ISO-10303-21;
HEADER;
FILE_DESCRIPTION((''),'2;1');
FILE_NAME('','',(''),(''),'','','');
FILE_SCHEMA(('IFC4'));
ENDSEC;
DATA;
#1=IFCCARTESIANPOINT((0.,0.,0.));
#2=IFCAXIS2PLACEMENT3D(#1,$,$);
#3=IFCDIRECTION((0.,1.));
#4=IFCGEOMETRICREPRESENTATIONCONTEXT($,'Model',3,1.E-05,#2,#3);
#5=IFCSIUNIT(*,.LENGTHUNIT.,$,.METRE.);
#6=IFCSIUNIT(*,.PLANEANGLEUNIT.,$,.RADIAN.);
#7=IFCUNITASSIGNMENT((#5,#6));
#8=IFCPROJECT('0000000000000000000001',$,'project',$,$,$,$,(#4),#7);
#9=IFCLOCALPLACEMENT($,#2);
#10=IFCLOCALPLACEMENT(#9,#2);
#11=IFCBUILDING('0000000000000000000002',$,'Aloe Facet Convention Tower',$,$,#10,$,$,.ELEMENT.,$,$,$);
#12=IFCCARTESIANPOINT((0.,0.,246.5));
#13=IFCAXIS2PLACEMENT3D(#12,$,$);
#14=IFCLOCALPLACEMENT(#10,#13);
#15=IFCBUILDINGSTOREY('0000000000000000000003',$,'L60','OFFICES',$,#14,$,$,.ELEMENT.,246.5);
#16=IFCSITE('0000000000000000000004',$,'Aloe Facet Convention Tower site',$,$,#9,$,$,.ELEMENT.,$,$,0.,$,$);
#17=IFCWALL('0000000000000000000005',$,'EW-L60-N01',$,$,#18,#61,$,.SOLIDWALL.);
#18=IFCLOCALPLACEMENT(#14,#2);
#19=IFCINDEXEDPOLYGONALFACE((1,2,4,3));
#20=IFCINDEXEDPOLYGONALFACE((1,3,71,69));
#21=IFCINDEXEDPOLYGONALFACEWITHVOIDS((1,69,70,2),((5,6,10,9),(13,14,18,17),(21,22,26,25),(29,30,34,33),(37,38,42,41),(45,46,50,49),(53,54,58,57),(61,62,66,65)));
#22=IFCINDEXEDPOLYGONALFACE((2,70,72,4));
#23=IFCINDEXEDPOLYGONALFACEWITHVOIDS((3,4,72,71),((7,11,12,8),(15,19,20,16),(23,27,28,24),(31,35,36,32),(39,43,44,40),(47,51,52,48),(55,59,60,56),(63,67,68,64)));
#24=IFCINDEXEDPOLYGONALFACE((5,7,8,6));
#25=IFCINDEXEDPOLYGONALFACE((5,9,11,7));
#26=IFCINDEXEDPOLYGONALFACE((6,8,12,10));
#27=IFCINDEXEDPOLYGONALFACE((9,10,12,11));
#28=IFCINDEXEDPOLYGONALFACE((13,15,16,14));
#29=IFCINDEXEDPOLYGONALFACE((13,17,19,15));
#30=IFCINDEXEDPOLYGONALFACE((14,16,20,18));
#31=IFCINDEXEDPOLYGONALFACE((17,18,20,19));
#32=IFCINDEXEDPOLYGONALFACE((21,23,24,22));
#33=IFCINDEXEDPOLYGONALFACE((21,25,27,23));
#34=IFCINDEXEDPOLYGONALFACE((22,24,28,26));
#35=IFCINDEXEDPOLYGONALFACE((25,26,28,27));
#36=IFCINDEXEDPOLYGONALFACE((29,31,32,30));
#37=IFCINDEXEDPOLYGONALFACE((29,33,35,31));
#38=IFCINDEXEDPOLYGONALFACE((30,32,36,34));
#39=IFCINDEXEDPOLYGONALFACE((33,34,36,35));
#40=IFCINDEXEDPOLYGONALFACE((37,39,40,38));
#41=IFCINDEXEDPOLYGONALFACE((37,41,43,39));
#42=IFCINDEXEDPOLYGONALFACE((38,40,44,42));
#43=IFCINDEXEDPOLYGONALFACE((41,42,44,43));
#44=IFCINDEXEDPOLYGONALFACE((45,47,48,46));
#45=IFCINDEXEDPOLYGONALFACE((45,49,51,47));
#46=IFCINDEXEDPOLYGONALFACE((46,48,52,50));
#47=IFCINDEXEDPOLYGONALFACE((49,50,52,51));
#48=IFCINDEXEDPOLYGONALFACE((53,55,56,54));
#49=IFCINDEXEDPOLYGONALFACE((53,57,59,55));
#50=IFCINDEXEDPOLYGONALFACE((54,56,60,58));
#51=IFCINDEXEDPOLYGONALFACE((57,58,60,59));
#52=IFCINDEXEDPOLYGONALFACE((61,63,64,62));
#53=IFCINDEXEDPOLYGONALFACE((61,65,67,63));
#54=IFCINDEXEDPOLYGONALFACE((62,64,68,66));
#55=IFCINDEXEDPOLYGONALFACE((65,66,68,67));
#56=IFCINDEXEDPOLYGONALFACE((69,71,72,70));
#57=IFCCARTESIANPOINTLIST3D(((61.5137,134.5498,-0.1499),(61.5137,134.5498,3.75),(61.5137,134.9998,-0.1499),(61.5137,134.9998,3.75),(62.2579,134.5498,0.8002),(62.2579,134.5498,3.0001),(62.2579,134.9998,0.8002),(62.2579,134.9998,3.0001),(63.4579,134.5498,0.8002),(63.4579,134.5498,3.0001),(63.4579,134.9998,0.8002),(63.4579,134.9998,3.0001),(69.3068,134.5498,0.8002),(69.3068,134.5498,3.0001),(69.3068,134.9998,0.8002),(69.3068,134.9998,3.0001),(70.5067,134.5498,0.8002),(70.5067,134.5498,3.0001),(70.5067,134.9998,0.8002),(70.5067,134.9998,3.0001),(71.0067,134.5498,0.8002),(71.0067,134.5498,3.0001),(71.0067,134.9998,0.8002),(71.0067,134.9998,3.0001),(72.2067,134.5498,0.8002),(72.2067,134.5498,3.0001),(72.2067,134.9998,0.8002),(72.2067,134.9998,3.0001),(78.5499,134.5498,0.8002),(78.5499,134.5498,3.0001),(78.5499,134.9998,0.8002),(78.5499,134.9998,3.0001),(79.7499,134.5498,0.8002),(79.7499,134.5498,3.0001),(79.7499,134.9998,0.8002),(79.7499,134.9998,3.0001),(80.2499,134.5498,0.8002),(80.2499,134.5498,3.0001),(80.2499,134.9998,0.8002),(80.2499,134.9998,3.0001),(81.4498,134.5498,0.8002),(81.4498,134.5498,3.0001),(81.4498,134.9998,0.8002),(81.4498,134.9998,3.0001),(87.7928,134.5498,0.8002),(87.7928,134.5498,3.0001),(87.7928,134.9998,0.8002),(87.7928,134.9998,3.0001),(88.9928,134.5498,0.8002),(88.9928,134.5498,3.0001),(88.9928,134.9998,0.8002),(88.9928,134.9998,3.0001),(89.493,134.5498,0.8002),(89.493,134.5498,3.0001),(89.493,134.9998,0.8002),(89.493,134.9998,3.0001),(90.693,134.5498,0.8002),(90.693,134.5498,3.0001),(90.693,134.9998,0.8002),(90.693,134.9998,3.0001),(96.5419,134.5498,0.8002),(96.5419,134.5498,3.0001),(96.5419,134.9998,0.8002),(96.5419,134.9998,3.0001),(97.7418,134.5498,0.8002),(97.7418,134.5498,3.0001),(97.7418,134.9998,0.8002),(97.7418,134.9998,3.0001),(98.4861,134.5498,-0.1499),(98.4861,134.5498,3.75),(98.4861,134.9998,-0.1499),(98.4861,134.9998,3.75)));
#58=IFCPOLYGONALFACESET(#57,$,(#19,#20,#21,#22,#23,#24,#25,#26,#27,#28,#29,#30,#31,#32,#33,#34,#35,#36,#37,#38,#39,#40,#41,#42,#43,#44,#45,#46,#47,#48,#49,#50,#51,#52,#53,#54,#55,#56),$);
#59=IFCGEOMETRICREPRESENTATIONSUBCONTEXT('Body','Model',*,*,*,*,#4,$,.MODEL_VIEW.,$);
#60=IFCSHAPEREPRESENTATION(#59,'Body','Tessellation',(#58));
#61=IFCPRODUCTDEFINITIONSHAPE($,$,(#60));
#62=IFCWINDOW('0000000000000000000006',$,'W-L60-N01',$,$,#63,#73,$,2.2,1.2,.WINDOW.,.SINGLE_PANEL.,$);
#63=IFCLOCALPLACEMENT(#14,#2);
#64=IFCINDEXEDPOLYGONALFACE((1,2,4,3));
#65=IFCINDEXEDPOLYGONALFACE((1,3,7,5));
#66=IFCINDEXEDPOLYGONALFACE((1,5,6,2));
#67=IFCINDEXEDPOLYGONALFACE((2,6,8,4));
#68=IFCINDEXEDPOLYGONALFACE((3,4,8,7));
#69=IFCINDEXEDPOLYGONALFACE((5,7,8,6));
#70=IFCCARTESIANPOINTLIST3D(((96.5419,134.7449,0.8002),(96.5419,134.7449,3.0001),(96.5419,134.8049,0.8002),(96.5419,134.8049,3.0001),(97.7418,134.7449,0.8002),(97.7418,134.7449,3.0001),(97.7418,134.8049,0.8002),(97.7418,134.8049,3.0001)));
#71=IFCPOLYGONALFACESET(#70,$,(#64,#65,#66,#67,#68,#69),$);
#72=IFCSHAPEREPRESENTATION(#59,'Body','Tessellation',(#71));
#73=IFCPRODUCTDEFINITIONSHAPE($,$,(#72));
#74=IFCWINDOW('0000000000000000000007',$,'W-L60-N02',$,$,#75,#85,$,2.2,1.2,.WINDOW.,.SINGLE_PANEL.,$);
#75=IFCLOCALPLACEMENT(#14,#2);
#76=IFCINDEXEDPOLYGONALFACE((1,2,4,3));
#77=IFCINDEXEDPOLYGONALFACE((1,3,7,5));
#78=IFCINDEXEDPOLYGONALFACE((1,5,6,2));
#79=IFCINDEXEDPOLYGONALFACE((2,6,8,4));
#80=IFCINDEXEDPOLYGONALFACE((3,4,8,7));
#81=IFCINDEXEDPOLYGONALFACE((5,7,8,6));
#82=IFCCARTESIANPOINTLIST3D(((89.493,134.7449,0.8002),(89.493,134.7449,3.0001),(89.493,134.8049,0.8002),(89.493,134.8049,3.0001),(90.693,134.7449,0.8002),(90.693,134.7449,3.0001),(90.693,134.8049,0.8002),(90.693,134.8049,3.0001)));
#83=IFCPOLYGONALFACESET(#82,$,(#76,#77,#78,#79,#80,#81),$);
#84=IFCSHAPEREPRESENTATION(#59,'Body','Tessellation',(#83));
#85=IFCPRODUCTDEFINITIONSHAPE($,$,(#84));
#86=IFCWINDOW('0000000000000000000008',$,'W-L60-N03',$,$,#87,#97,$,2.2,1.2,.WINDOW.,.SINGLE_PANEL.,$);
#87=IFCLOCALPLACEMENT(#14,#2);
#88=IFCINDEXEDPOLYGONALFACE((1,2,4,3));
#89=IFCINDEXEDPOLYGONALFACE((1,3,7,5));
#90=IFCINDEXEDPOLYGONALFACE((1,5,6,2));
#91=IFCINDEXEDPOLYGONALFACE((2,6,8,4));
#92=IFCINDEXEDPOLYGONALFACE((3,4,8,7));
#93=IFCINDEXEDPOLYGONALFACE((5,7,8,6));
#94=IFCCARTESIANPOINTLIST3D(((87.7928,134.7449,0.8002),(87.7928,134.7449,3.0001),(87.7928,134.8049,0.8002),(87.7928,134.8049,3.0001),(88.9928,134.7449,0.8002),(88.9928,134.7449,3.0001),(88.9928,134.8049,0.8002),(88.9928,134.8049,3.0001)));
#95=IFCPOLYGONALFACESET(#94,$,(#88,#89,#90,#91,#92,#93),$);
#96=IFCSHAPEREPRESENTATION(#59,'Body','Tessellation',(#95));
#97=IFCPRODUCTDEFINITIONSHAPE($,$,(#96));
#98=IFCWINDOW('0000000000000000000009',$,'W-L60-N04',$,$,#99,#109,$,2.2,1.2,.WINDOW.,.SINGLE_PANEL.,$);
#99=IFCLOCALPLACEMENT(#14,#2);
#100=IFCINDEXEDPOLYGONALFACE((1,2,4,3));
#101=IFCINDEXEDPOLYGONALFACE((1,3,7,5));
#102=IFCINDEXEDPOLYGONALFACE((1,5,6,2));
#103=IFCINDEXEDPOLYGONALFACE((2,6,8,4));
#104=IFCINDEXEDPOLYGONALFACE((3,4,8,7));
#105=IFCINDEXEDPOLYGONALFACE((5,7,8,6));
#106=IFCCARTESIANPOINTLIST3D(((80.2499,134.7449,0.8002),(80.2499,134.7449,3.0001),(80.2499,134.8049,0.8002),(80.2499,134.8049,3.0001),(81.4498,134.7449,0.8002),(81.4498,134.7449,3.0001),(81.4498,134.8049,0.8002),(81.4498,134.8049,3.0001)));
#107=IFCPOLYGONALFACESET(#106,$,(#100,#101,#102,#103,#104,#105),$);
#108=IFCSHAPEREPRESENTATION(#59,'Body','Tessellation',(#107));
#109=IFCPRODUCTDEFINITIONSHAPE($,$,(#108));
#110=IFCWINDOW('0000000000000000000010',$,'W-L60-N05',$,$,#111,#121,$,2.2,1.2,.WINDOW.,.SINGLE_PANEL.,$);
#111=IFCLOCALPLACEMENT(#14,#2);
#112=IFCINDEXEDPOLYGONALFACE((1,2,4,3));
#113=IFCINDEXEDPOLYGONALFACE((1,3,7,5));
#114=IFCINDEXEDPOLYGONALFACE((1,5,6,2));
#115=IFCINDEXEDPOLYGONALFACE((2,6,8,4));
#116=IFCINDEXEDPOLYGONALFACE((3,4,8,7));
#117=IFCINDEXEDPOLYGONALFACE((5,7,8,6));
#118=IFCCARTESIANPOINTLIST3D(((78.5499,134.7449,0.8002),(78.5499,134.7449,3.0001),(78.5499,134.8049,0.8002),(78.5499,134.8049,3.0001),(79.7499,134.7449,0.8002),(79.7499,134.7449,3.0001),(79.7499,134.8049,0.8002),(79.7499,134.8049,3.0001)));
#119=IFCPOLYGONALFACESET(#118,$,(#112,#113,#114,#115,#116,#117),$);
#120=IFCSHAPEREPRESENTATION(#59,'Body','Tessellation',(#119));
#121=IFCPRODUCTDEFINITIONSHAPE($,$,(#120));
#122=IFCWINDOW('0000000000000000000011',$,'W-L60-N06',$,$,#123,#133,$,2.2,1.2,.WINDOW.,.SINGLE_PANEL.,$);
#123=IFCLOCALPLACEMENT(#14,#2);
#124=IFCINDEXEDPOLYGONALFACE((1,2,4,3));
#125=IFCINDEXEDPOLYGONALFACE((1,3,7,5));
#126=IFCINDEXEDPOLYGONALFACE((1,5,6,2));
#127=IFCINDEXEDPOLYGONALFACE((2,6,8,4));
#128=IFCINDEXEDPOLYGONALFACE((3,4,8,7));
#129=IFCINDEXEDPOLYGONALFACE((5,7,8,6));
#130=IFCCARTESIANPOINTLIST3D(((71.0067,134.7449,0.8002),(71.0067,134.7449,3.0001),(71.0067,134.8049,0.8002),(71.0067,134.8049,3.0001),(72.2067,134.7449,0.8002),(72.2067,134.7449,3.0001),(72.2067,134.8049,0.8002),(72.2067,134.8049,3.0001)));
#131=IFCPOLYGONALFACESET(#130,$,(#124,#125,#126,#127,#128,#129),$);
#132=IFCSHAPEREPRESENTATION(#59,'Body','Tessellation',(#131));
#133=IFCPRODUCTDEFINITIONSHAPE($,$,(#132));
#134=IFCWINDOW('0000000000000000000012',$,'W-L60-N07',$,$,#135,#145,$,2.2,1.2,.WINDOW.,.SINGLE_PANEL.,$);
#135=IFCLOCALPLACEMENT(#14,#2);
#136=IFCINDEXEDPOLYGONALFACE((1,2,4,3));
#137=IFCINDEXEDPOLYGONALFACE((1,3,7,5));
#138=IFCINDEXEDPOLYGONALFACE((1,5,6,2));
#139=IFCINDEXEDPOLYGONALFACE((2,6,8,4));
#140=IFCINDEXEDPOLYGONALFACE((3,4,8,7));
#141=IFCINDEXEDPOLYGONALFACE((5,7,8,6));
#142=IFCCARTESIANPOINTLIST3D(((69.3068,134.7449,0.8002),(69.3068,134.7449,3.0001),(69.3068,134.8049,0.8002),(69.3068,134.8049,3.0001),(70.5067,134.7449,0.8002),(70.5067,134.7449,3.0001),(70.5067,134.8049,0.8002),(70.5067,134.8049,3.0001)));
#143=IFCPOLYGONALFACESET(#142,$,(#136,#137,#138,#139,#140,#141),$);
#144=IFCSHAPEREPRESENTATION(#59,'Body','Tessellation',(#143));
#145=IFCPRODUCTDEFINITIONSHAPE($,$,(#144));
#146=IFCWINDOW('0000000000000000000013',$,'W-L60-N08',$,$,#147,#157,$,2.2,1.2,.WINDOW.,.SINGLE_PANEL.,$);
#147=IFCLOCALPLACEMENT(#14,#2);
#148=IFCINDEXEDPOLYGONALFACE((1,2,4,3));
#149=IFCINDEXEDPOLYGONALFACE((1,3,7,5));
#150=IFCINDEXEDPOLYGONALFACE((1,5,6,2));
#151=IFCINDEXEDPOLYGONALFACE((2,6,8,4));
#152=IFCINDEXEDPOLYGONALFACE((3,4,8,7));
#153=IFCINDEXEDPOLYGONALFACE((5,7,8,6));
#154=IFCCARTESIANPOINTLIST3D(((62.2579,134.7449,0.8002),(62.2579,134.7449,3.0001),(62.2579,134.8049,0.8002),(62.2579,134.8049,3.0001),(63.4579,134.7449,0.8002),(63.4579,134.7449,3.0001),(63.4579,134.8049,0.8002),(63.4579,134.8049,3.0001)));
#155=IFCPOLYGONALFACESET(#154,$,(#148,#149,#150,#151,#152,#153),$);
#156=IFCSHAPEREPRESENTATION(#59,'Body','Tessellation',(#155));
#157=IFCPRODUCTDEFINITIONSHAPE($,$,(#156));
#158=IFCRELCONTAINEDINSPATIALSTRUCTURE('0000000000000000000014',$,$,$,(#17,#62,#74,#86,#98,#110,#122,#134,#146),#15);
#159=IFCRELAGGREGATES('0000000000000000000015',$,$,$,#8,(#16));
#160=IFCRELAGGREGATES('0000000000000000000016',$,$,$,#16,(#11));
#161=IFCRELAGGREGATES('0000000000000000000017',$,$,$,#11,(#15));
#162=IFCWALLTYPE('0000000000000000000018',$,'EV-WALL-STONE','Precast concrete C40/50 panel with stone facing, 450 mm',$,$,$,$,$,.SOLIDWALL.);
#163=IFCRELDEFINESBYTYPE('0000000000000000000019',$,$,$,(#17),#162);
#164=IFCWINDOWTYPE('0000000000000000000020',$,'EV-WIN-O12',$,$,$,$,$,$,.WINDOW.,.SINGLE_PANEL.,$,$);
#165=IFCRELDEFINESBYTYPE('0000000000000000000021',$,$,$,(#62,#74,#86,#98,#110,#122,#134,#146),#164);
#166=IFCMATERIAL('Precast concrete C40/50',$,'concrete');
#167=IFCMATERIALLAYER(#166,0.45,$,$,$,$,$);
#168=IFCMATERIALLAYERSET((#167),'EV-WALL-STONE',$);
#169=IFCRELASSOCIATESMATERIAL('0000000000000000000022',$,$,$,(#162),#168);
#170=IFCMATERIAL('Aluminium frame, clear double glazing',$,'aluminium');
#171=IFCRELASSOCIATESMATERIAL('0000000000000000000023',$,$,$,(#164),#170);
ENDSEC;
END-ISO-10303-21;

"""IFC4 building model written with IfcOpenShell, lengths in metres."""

from ifc_helpers import new_model, si_unit, direction, frame, frame_2d, origin, place, context, subcontext, project, spatial, polyline, rectangle, outline, extrude, material, layer, layer_set, type_object, element, fill, save


model = new_model("IFC4")

# Units and contexts
model_context = context("Model", 3, precision=1e-05, world=origin(), true_north=direction((0.0, 1.0)))
body_context = subcontext(model_context, "Body", "Model", "MODEL_VIEW")
ifc_project = project(units=[si_unit("LENGTHUNIT", "METRE"), si_unit("PLANEANGLEUNIT", "RADIAN")], contexts=[model_context])

# Site, building, storey
site_placement = place(None, origin())
site = spatial("IfcSite", under=ifc_project, at=site_placement, Name="Aloe Facet Convention Tower site", CompositionType="ELEMENT", RefElevation=0.0)
building_placement = place(site_placement, origin())
building = spatial("IfcBuilding", under=site, at=building_placement, Name="Aloe Facet Convention Tower", CompositionType="ELEMENT")
storey_placement = place(building_placement, frame((0.0, 0.0, 246.5)))
storey = spatial("IfcBuildingStorey", under=building, at=storey_placement, Name="L60", Description="OFFICES", CompositionType="ELEMENT", Elevation=246.5)

# Wall, openings, windows
ifc_material_1 = material(Name="Precast concrete C40/50", Category="concrete")
ifc_layer_1 = layer(ifc_material_1, 0.45)
ifc_layer_set_1 = layer_set([ifc_layer_1], Name="EV-WALL-STONE")
wall_type_1 = type_object("IfcWallType", Name="EV-WALL-STONE", Description="Precast concrete C40/50 panel with stone facing, 450 mm", PredefinedType="SOLIDWALL", material=ifc_layer_set_1)
wall_1_placement = place(storey_placement, frame((98.4861, 134.7749, -0.1499), z_axis=(0.0, 0.0, 1.0), x_axis=(-1.0, 0.0, 0.0)))
wall_1 = element("IfcWall", 1, at=wall_1_placement, inside=storey, type_object=wall_type_1, Name="EW-L60-N01", PredefinedType="SOLIDWALL", context=body_context, shape_type="SweptSolid", body=[
    extrude(outline(polyline([(36.9724, 0.0), (36.9724, 3.8999), (0.0, 3.8999), (0.0, 0.0), (36.9724, 0.0)])), frame((0.0, 0.2251, 0.0), z_axis=(0.0, -1.0, 0.0), x_axis=(1.0, 0.0, 0.0)), (0.0, 0.0, 1.0), 0.45),
])
opening_1_placement = place(wall_1_placement, frame((0.7441, 0.0, 0.95)))
opening_1 = element("IfcOpeningElement", 2, at=opening_1_placement, cuts=wall_1, PredefinedType="OPENING", context=body_context, shape_type="SweptSolid", body=[
    extrude(rectangle(XDim=1.2, YDim=2.2, at=frame_2d((0.6001, 1.1001))), frame((0.0, 0.2349, 0.0), z_axis=(0.0, -1.0, 0.0), x_axis=(1.0, 0.0, 0.0)), (0.0, 0.0, 1.0), 0.47),
])
opening_2_placement = place(wall_1_placement, frame((7.793, 0.0, 0.95)))
opening_2 = element("IfcOpeningElement", 3, at=opening_2_placement, cuts=wall_1, PredefinedType="OPENING", context=body_context, shape_type="SweptSolid", body=[
    extrude(rectangle(XDim=1.2, YDim=2.2, at=frame_2d((0.6001, 1.1001))), frame((0.0, 0.2349, 0.0), z_axis=(0.0, -1.0, 0.0), x_axis=(1.0, 0.0, 0.0)), (0.0, 0.0, 1.0), 0.47),
])
opening_3_placement = place(wall_1_placement, frame((9.4932, 0.0, 0.95)))
opening_3 = element("IfcOpeningElement", 4, at=opening_3_placement, cuts=wall_1, PredefinedType="OPENING", context=body_context, shape_type="SweptSolid", body=[
    extrude(rectangle(XDim=1.2, YDim=2.2, at=frame_2d((0.6001, 1.1001))), frame((0.0, 0.2349, 0.0), z_axis=(0.0, -1.0, 0.0), x_axis=(1.0, 0.0, 0.0)), (0.0, 0.0, 1.0), 0.47),
])
opening_4_placement = place(wall_1_placement, frame((17.0361, 0.0, 0.95)))
opening_4 = element("IfcOpeningElement", 5, at=opening_4_placement, cuts=wall_1, PredefinedType="OPENING", context=body_context, shape_type="SweptSolid", body=[
    extrude(rectangle(XDim=1.2, YDim=2.2, at=frame_2d((0.6001, 1.1001))), frame((0.0, 0.2349, 0.0), z_axis=(0.0, -1.0, 0.0), x_axis=(1.0, 0.0, 0.0)), (0.0, 0.0, 1.0), 0.47),
])
opening_5_placement = place(wall_1_placement, frame((18.7361, 0.0, 0.95)))
opening_5 = element("IfcOpeningElement", 6, at=opening_5_placement, cuts=wall_1, PredefinedType="OPENING", context=body_context, shape_type="SweptSolid", body=[
    extrude(rectangle(XDim=1.2, YDim=2.2, at=frame_2d((0.6001, 1.1001))), frame((0.0, 0.2349, 0.0), z_axis=(0.0, -1.0, 0.0), x_axis=(1.0, 0.0, 0.0)), (0.0, 0.0, 1.0), 0.47),
])
opening_6_placement = place(wall_1_placement, frame((26.2793, 0.0, 0.95)))
opening_6 = element("IfcOpeningElement", 7, at=opening_6_placement, cuts=wall_1, PredefinedType="OPENING", context=body_context, shape_type="SweptSolid", body=[
    extrude(rectangle(XDim=1.2, YDim=2.2, at=frame_2d((0.6001, 1.1001))), frame((0.0, 0.2349, 0.0), z_axis=(0.0, -1.0, 0.0), x_axis=(1.0, 0.0, 0.0)), (0.0, 0.0, 1.0), 0.47),
])
opening_7_placement = place(wall_1_placement, frame((27.9792, 0.0, 0.95)))
opening_7 = element("IfcOpeningElement", 8, at=opening_7_placement, cuts=wall_1, PredefinedType="OPENING", context=body_context, shape_type="SweptSolid", body=[
    extrude(rectangle(XDim=1.2, YDim=2.2, at=frame_2d((0.6001, 1.1001))), frame((0.0, 0.2349, 0.0), z_axis=(0.0, -1.0, 0.0), x_axis=(1.0, 0.0, 0.0)), (0.0, 0.0, 1.0), 0.47),
])
opening_8_placement = place(wall_1_placement, frame((35.0281, 0.0, 0.95)))
opening_8 = element("IfcOpeningElement", 9, at=opening_8_placement, cuts=wall_1, PredefinedType="OPENING", context=body_context, shape_type="SweptSolid", body=[
    extrude(rectangle(XDim=1.2, YDim=2.2, at=frame_2d((0.6001, 1.1001))), frame((0.0, 0.2349, 0.0), z_axis=(0.0, -1.0, 0.0), x_axis=(1.0, 0.0, 0.0)), (0.0, 0.0, 1.0), 0.47),
])
ifc_material_2 = material(Name="Aluminium frame, clear double glazing", Category="aluminium")
window_type = type_object("IfcWindowType", Name="EV-WIN-O12", PartitioningType="SINGLE_PANEL", PredefinedType="WINDOW", material=ifc_material_2)
window_1_placement = place(opening_1_placement, origin())
window_1 = element("IfcWindow", 10, at=window_1_placement, inside=storey, type_object=window_type, Name="W-L60-N01", OverallHeight=2.2, OverallWidth=1.2, PartitioningType="SINGLE_PANEL", PredefinedType="WINDOW", context=body_context, shape_type="SweptSolid", body=[
    extrude(rectangle(XDim=1.2, YDim=2.2, at=frame_2d((0.6001, 1.1001))), frame((0.0, 0.03, 0.0), z_axis=(0.0, -1.0, 0.0), x_axis=(1.0, 0.0, 0.0)), (0.0, 0.0, 1.0), 0.0601),
])
fill(opening_1, window_1)
window_2_placement = place(opening_2_placement, origin())
window_2 = element("IfcWindow", 11, at=window_2_placement, inside=storey, type_object=window_type, Name="W-L60-N02", OverallHeight=2.2, OverallWidth=1.2, PartitioningType="SINGLE_PANEL", PredefinedType="WINDOW", context=body_context, shape_type="SweptSolid", body=[
    extrude(rectangle(XDim=1.2, YDim=2.2, at=frame_2d((0.6001, 1.1001))), frame((0.0, 0.03, 0.0), z_axis=(0.0, -1.0, 0.0), x_axis=(1.0, 0.0, 0.0)), (0.0, 0.0, 1.0), 0.0601),
])
fill(opening_2, window_2)
window_3_placement = place(opening_3_placement, origin())
window_3 = element("IfcWindow", 12, at=window_3_placement, inside=storey, type_object=window_type, Name="W-L60-N03", OverallHeight=2.2, OverallWidth=1.2, PartitioningType="SINGLE_PANEL", PredefinedType="WINDOW", context=body_context, shape_type="SweptSolid", body=[
    extrude(rectangle(XDim=1.2, YDim=2.2, at=frame_2d((0.6001, 1.1001))), frame((0.0, 0.03, 0.0), z_axis=(0.0, -1.0, 0.0), x_axis=(1.0, 0.0, 0.0)), (0.0, 0.0, 1.0), 0.0601),
])
fill(opening_3, window_3)
window_4_placement = place(opening_4_placement, origin())
window_4 = element("IfcWindow", 13, at=window_4_placement, inside=storey, type_object=window_type, Name="W-L60-N04", OverallHeight=2.2, OverallWidth=1.2, PartitioningType="SINGLE_PANEL", PredefinedType="WINDOW", context=body_context, shape_type="SweptSolid", body=[
    extrude(rectangle(XDim=1.2, YDim=2.2, at=frame_2d((0.6001, 1.1001))), frame((0.0, 0.03, 0.0), z_axis=(0.0, -1.0, 0.0), x_axis=(1.0, 0.0, 0.0)), (0.0, 0.0, 1.0), 0.0601),
])
fill(opening_4, window_4)
window_5_placement = place(opening_5_placement, origin())
window_5 = element("IfcWindow", 14, at=window_5_placement, inside=storey, type_object=window_type, Name="W-L60-N05", OverallHeight=2.2, OverallWidth=1.2, PartitioningType="SINGLE_PANEL", PredefinedType="WINDOW", context=body_context, shape_type="SweptSolid", body=[
    extrude(rectangle(XDim=1.2, YDim=2.2, at=frame_2d((0.6001, 1.1001))), frame((0.0, 0.03, 0.0), z_axis=(0.0, -1.0, 0.0), x_axis=(1.0, 0.0, 0.0)), (0.0, 0.0, 1.0), 0.0601),
])
fill(opening_5, window_5)
window_6_placement = place(opening_6_placement, origin())
window_6 = element("IfcWindow", 15, at=window_6_placement, inside=storey, type_object=window_type, Name="W-L60-N06", OverallHeight=2.2, OverallWidth=1.2, PartitioningType="SINGLE_PANEL", PredefinedType="WINDOW", context=body_context, shape_type="SweptSolid", body=[
    extrude(rectangle(XDim=1.2, YDim=2.2, at=frame_2d((0.6001, 1.1001))), frame((0.0, 0.03, 0.0), z_axis=(0.0, -1.0, 0.0), x_axis=(1.0, 0.0, 0.0)), (0.0, 0.0, 1.0), 0.0601),
])
fill(opening_6, window_6)
window_7_placement = place(opening_7_placement, origin())
window_7 = element("IfcWindow", 16, at=window_7_placement, inside=storey, type_object=window_type, Name="W-L60-N07", OverallHeight=2.2, OverallWidth=1.2, PartitioningType="SINGLE_PANEL", PredefinedType="WINDOW", context=body_context, shape_type="SweptSolid", body=[
    extrude(rectangle(XDim=1.2, YDim=2.2, at=frame_2d((0.6001, 1.1001))), frame((0.0, 0.03, 0.0), z_axis=(0.0, -1.0, 0.0), x_axis=(1.0, 0.0, 0.0)), (0.0, 0.0, 1.0), 0.0601),
])
fill(opening_7, window_7)
window_8_placement = place(opening_8_placement, origin())
window_8 = element("IfcWindow", 17, at=window_8_placement, inside=storey, type_object=window_type, Name="W-L60-N08", OverallHeight=2.2, OverallWidth=1.2, PartitioningType="SINGLE_PANEL", PredefinedType="WINDOW", context=body_context, shape_type="SweptSolid", body=[
    extrude(rectangle(XDim=1.2, YDim=2.2, at=frame_2d((0.6001, 1.1001))), frame((0.0, 0.03, 0.0), z_axis=(0.0, -1.0, 0.0), x_axis=(1.0, 0.0, 0.0)), (0.0, 0.0, 1.0), 0.0601),
])
fill(opening_8, window_8)

save(model, "model.ifc")
